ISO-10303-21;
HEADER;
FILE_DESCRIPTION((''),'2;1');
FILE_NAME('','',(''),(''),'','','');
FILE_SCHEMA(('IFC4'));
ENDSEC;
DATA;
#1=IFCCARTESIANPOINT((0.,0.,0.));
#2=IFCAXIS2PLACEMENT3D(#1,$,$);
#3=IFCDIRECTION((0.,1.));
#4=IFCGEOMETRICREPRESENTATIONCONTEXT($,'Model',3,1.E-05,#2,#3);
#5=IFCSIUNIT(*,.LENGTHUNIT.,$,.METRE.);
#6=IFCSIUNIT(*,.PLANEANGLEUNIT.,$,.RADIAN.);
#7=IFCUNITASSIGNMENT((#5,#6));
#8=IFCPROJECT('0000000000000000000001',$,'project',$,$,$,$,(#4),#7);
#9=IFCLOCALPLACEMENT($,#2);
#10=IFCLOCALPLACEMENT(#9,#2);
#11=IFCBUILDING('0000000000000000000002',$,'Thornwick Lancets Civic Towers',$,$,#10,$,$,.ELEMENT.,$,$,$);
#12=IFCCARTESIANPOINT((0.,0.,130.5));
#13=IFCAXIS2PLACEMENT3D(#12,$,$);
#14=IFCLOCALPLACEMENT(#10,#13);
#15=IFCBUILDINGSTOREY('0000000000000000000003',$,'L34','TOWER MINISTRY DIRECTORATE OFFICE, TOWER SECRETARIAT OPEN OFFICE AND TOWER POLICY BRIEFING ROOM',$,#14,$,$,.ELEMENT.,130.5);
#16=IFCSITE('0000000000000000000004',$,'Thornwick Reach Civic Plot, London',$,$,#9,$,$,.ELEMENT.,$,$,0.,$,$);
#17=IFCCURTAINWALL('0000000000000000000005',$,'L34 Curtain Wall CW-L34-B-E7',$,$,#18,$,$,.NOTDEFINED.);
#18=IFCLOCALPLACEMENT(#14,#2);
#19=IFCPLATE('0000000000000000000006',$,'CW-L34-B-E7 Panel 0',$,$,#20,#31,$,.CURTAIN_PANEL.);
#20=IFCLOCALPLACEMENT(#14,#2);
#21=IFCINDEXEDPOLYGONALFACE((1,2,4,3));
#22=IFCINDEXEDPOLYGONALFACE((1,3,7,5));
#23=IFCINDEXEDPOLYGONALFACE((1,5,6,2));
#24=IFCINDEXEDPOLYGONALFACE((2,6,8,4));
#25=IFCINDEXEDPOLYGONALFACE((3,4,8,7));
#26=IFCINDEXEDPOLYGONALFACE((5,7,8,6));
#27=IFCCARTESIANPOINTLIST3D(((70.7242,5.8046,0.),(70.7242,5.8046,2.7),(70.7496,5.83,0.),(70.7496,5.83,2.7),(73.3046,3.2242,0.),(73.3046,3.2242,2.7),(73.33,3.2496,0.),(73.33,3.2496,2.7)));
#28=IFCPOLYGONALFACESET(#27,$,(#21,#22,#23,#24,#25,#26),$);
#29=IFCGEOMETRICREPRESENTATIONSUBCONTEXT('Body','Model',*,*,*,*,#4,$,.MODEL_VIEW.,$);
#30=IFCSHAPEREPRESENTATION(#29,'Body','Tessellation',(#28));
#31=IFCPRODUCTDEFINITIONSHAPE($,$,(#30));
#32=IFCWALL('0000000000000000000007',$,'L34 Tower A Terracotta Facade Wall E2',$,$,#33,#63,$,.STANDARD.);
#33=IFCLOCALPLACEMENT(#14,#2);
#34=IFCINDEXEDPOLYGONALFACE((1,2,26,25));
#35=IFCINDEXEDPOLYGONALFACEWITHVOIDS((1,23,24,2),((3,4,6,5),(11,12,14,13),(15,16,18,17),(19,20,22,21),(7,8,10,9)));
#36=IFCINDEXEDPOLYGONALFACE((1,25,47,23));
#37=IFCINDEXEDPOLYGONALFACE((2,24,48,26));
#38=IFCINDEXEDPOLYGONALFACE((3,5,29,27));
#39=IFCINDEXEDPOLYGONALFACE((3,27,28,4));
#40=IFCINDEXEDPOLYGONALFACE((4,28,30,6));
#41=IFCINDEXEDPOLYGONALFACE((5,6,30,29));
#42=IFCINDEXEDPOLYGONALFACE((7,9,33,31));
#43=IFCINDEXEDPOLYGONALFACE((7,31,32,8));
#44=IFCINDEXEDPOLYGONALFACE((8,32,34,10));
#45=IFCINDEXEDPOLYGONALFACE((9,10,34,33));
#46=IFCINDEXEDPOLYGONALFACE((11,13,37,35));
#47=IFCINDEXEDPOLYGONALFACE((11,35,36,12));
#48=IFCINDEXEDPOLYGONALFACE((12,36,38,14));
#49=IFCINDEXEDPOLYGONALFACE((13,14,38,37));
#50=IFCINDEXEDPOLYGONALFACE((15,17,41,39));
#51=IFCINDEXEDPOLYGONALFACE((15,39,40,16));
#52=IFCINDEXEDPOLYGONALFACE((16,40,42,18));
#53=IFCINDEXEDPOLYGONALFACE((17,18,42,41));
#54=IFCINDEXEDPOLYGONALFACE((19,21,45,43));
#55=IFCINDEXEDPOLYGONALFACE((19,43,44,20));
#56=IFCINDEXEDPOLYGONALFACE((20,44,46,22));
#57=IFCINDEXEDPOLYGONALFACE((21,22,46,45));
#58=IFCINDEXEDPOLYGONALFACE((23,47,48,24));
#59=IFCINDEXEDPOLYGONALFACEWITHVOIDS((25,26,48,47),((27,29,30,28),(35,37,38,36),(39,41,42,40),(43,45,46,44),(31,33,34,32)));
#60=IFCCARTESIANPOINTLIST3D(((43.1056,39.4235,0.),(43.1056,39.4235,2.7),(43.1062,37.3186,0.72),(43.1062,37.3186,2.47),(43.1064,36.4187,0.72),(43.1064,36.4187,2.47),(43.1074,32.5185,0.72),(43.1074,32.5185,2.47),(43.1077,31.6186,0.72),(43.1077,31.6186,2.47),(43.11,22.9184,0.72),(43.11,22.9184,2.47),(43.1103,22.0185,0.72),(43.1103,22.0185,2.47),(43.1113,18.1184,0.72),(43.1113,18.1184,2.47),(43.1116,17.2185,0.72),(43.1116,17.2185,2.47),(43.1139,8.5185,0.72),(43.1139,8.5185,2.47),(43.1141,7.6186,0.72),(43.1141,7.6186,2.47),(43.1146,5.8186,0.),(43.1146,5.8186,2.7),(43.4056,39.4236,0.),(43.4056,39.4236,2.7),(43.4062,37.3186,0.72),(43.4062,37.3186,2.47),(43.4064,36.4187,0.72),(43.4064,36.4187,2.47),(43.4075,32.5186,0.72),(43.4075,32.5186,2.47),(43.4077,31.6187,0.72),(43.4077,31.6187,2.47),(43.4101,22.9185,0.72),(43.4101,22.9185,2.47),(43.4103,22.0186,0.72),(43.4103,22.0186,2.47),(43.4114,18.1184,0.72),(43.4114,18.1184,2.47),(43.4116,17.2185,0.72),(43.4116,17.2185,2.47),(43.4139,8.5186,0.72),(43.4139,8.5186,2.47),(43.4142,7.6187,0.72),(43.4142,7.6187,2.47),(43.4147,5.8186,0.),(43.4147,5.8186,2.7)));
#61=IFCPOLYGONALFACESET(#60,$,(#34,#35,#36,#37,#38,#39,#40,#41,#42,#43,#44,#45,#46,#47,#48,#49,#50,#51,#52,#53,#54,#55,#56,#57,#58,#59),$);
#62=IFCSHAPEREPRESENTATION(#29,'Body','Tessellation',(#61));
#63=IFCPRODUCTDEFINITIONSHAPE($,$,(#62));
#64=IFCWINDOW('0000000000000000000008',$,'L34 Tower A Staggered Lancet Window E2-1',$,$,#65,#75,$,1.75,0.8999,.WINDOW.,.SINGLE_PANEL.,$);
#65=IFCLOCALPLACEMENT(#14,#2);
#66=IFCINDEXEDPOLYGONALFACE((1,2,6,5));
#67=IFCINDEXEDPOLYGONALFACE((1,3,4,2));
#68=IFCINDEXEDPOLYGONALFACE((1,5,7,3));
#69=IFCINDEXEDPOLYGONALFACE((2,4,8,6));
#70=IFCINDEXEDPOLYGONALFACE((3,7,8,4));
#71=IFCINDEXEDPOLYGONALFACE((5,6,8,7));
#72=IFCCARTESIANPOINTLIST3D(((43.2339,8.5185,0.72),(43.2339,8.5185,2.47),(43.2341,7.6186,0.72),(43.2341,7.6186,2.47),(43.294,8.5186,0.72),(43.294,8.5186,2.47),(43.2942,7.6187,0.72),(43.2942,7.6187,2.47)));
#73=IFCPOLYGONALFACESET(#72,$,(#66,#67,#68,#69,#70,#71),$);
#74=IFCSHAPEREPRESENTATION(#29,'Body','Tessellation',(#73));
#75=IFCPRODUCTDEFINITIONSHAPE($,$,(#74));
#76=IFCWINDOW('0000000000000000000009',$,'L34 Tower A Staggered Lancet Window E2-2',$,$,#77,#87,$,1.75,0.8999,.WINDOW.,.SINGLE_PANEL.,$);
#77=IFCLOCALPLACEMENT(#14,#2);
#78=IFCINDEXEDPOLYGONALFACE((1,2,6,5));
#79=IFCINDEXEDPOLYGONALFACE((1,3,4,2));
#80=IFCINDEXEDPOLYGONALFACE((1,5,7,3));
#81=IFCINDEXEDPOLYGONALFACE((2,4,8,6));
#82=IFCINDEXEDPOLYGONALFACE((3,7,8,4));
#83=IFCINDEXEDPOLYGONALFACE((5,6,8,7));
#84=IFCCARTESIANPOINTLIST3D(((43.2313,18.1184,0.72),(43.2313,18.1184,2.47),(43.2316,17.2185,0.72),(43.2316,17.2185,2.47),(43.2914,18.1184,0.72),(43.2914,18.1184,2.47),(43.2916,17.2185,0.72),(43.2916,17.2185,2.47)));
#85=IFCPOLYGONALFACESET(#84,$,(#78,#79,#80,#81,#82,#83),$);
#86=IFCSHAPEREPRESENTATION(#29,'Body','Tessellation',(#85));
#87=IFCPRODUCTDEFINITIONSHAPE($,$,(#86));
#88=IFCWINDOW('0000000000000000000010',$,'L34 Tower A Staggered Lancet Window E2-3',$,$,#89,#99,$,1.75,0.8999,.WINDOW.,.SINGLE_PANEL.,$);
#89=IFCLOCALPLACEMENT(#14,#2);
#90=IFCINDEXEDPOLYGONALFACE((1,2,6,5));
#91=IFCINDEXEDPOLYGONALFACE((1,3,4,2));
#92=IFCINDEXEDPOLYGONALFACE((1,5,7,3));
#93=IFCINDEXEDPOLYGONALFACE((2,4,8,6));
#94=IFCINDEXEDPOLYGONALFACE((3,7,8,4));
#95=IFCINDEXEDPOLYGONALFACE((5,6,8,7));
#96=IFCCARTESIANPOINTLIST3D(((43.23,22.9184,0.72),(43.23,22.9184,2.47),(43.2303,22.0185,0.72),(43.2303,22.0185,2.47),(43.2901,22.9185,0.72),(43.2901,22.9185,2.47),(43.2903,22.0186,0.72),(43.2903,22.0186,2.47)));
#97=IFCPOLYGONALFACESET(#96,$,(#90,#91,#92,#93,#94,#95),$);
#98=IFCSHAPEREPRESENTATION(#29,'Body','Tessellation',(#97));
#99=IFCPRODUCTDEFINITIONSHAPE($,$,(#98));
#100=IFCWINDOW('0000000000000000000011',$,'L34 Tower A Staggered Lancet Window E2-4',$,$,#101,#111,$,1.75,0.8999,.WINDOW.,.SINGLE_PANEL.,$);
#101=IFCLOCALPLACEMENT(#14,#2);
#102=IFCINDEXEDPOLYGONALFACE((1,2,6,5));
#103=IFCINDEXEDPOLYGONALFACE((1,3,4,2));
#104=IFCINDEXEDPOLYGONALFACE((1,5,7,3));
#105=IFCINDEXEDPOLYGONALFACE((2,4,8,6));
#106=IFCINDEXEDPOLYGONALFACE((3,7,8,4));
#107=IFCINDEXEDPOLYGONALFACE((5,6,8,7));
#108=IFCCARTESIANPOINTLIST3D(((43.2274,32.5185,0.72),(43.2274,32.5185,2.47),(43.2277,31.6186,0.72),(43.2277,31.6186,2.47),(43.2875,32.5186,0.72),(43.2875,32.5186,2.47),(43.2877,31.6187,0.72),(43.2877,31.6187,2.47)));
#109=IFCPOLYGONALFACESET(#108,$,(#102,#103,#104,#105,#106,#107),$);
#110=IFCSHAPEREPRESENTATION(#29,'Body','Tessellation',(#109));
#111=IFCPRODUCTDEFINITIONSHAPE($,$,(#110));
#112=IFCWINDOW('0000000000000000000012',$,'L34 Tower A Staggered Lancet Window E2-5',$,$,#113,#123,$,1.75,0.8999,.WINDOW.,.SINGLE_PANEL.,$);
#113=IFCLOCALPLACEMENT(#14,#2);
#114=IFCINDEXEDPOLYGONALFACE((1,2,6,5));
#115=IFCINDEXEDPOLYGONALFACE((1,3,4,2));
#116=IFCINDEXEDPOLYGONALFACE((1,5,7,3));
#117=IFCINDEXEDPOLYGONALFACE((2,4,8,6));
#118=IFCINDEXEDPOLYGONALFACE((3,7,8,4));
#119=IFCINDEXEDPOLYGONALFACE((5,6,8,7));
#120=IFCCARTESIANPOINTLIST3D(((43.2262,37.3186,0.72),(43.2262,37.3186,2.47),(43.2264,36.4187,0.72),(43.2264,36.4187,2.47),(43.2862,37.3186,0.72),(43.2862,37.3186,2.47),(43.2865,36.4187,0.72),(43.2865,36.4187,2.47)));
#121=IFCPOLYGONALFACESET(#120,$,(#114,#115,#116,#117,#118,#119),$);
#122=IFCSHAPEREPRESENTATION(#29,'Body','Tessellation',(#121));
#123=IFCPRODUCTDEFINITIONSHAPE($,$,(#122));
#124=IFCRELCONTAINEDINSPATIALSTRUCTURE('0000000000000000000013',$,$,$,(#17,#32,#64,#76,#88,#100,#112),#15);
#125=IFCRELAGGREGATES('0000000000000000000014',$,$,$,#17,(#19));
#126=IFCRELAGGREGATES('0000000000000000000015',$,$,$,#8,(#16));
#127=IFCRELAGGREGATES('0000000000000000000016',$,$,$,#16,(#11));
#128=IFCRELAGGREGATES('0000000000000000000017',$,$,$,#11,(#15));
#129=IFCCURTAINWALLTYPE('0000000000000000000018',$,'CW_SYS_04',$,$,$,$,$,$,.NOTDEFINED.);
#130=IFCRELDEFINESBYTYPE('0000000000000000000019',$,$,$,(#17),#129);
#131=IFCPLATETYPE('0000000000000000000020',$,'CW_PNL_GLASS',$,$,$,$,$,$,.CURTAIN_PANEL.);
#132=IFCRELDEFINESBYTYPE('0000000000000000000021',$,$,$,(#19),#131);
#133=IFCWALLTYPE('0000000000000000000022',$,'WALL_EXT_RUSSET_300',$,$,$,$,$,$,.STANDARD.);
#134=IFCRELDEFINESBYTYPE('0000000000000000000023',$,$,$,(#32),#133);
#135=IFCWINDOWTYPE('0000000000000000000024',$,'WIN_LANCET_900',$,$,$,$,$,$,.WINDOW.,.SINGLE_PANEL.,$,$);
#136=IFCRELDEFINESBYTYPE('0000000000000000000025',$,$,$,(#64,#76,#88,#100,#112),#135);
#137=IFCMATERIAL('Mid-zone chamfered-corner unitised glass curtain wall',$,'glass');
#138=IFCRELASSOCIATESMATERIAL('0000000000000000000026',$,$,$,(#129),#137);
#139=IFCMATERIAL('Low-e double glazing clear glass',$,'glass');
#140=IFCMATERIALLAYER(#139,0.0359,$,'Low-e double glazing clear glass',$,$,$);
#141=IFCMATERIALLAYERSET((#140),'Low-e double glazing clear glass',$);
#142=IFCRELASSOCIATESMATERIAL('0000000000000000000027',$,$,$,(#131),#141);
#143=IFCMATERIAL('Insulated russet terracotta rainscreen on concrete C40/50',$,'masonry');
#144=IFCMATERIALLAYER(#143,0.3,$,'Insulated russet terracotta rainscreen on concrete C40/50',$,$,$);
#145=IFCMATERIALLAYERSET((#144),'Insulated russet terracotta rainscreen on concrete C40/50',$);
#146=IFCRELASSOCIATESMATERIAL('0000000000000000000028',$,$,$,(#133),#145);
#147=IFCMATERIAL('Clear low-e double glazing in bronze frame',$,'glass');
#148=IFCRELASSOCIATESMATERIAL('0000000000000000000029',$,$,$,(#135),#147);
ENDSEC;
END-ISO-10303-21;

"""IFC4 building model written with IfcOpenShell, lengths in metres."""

from ifc_helpers import new_model, si_unit, direction, frame, frame_2d, origin, origin_2d, place, context, subcontext, project, spatial, rectangle, extrude, material, layer, layer_set, type_object, element, fill, aggregate, save


model = new_model("IFC4")

# Units and contexts
model_context = context("Model", 3, precision=1e-05, world=origin(), true_north=direction((0.0, 1.0)))
body_context = subcontext(model_context, "Body", "Model", "MODEL_VIEW")
ifc_project = project(units=[si_unit("LENGTHUNIT", "METRE"), si_unit("PLANEANGLEUNIT", "RADIAN")], contexts=[model_context])

# Site, building, storey
site_placement = place(None, origin())
site = spatial("IfcSite", under=ifc_project, at=site_placement, Name="Thornwick Reach Civic Plot, London", CompositionType="ELEMENT", RefElevation=0.0)
building_placement = place(site_placement, origin())
building = spatial("IfcBuilding", under=site, at=building_placement, Name="Thornwick Lancets Civic Towers", CompositionType="ELEMENT")
storey_placement = place(building_placement, frame((0.0, 0.0, 130.5)))
storey = spatial("IfcBuildingStorey", under=building, at=storey_placement, Name="L34", Description="TOWER MINISTRY DIRECTORATE OFFICE, TOWER SECRETARIAT OPEN OFFICE AND TOWER POLICY BRIEFING ROOM", CompositionType="ELEMENT", Elevation=130.5)

# Shared definitions
ifc_material_1 = material(Name="Mid-zone chamfered-corner unitised glass curtain wall", Category="glass")
curtain_wall_type = type_object("IfcCurtainWallType", Name="CW_SYS_04", PredefinedType="NOTDEFINED", material=ifc_material_1)

# Curtain wall, plate
curtain_wall_1_placement = place(storey_placement, origin())
curtain_wall_1 = element("IfcCurtainWall", 1, at=curtain_wall_1_placement, inside=storey, type_object=curtain_wall_type, Name="L34 Curtain Wall CW-L34-B-E7", PredefinedType="NOTDEFINED")
ifc_material_2 = material(Name="Low-e double glazing clear glass", Category="glass")
ifc_layer_1 = layer(ifc_material_2, 0.0359, Name="Low-e double glazing clear glass")
ifc_layer_set_1 = layer_set([ifc_layer_1], Name="Low-e double glazing clear glass")
plate_type = type_object("IfcPlateType", Name="CW_PNL_GLASS", PredefinedType="CURTAIN_PANEL", material=ifc_layer_set_1)
plate_placement = place(storey_placement, frame((72.0271, 4.5271, 0.0), z_axis=(0.0, 0.0, 1.0), x_axis=(0.707107, -0.707107, 0.0)))
plate = element("IfcPlate", 2, at=plate_placement, type_object=plate_type, Name="CW-L34-B-E7 Panel 0", PredefinedType="CURTAIN_PANEL", context=body_context, shape_type="SweptSolid", body=[
    extrude(rectangle(XDim=3.6492, YDim=0.0359, at=origin_2d()), origin(), (0.0, 0.0, 1.0), 2.7),
])
aggregate(curtain_wall_1, [plate])

# Wall, openings, windows
ifc_material_3 = material(Name="Insulated russet terracotta rainscreen on concrete C40/50", Category="masonry")
ifc_layer_2 = layer(ifc_material_3, 0.3, Name="Insulated russet terracotta rainscreen on concrete C40/50")
ifc_layer_set_2 = layer_set([ifc_layer_2], Name="Insulated russet terracotta rainscreen on concrete C40/50")
wall_type_1 = type_object("IfcWallType", Name="WALL_EXT_RUSSET_300", PredefinedType="STANDARD", material=ifc_layer_set_2)
wall_1_placement = place(storey_placement, frame((43.2646, 5.8186, 0.0), z_axis=(0.0, 0.0, 1.0), x_axis=(-0.000269, 1.0, 0.0)))
wall_1 = element("IfcWall", 3, at=wall_1_placement, inside=storey, type_object=wall_type_1, Name="L34 Tower A Terracotta Facade Wall E2", PredefinedType="STANDARD", context=body_context, shape_type="SweptSolid", body=[
    extrude(rectangle(XDim=33.605, YDim=0.3, at=frame_2d((16.8025, 0.0))), origin(), (0.0, 0.0, 1.0), 2.7),
])
opening_1_placement = place(wall_1_placement, frame((1.8, 0.0, 0.72)))
opening_1 = element("IfcOpeningElement", 4, at=opening_1_placement, cuts=wall_1, PredefinedType="OPENING", context=body_context, shape_type="SweptSolid", body=[
    extrude(rectangle(XDim=0.8999, YDim=1.75, at=frame_2d((0.45, 0.875))), frame((0.0, 0.1602, 0.0), z_axis=(0.0, -1.0, 0.0), x_axis=(1.0, 0.0, 0.0)), (0.0, 0.0, 1.0), 0.3201),
])
opening_2_placement = place(wall_1_placement, frame((11.3999, 0.0, 0.72)))
opening_2 = element("IfcOpeningElement", 5, at=opening_2_placement, cuts=wall_1, PredefinedType="OPENING", context=body_context, shape_type="SweptSolid", body=[
    extrude(rectangle(XDim=0.8999, YDim=1.75, at=frame_2d((0.45, 0.875))), frame((0.0, 0.1602, 0.0), z_axis=(0.0, -1.0, 0.0), x_axis=(1.0, 0.0, 0.0)), (0.0, 0.0, 1.0), 0.3201),
])
opening_3_placement = place(wall_1_placement, frame((16.2, 0.0, 0.72)))
opening_3 = element("IfcOpeningElement", 6, at=opening_3_placement, cuts=wall_1, PredefinedType="OPENING", context=body_context, shape_type="SweptSolid", body=[
    extrude(rectangle(XDim=0.8999, YDim=1.75, at=frame_2d((0.45, 0.875))), frame((0.0, 0.1602, 0.0), z_axis=(0.0, -1.0, 0.0), x_axis=(1.0, 0.0, 0.0)), (0.0, 0.0, 1.0), 0.3201),
])
opening_4_placement = place(wall_1_placement, frame((25.8, 0.0, 0.72)))
opening_4 = element("IfcOpeningElement", 7, at=opening_4_placement, cuts=wall_1, PredefinedType="OPENING", context=body_context, shape_type="SweptSolid", body=[
    extrude(rectangle(XDim=0.8999, YDim=1.75, at=frame_2d((0.45, 0.875))), frame((0.0, 0.1602, 0.0), z_axis=(0.0, -1.0, 0.0), x_axis=(1.0, 0.0, 0.0)), (0.0, 0.0, 1.0), 0.3201),
])
opening_5_placement = place(wall_1_placement, frame((30.6001, 0.0, 0.72)))
opening_5 = element("IfcOpeningElement", 8, at=opening_5_placement, cuts=wall_1, PredefinedType="OPENING", context=body_context, shape_type="SweptSolid", body=[
    extrude(rectangle(XDim=0.8999, YDim=1.75, at=frame_2d((0.45, 0.875))), frame((0.0, 0.1602, 0.0), z_axis=(0.0, -1.0, 0.0), x_axis=(1.0, 0.0, 0.0)), (0.0, 0.0, 1.0), 0.3201),
])
ifc_material_4 = material(Name="Clear low-e double glazing in bronze frame", Category="glass")
window_type = type_object("IfcWindowType", Name="WIN_LANCET_900", PartitioningType="SINGLE_PANEL", PredefinedType="WINDOW", material=ifc_material_4)
window_1_placement = place(opening_1_placement, origin())
window_1 = element("IfcWindow", 9, at=window_1_placement, inside=storey, type_object=window_type, Name="L34 Tower A Staggered Lancet Window E2-1", OverallHeight=1.75, OverallWidth=0.8999, PartitioningType="SINGLE_PANEL", PredefinedType="WINDOW", context=body_context, shape_type="SweptSolid", body=[
    extrude(rectangle(XDim=0.8999, YDim=1.75, at=frame_2d((0.45, 0.875))), frame((0.0, 0.03, 0.0), z_axis=(0.0, -1.0, 0.0), x_axis=(1.0, 0.0, 0.0)), (0.0, 0.0, 1.0), 0.0601),
])
fill(opening_1, window_1)
window_2_placement = place(opening_2_placement, origin())
window_2 = element("IfcWindow", 10, at=window_2_placement, inside=storey, type_object=window_type, Name="L34 Tower A Staggered Lancet Window E2-2", OverallHeight=1.75, OverallWidth=0.8999, PartitioningType="SINGLE_PANEL", PredefinedType="WINDOW", context=body_context, shape_type="SweptSolid", body=[
    extrude(rectangle(XDim=0.8999, YDim=1.75, at=frame_2d((0.45, 0.875))), frame((0.0, 0.03, 0.0), z_axis=(0.0, -1.0, 0.0), x_axis=(1.0, 0.0, 0.0)), (0.0, 0.0, 1.0), 0.0601),
])
fill(opening_2, window_2)
window_3_placement = place(opening_3_placement, origin())
window_3 = element("IfcWindow", 11, at=window_3_placement, inside=storey, type_object=window_type, Name="L34 Tower A Staggered Lancet Window E2-3", OverallHeight=1.75, OverallWidth=0.8999, PartitioningType="SINGLE_PANEL", PredefinedType="WINDOW", context=body_context, shape_type="SweptSolid", body=[
    extrude(rectangle(XDim=0.8999, YDim=1.75, at=frame_2d((0.45, 0.875))), frame((0.0, 0.03, 0.0), z_axis=(0.0, -1.0, 0.0), x_axis=(1.0, 0.0, 0.0)), (0.0, 0.0, 1.0), 0.0601),
])
fill(opening_3, window_3)
window_4_placement = place(opening_4_placement, origin())
window_4 = element("IfcWindow", 12, at=window_4_placement, inside=storey, type_object=window_type, Name="L34 Tower A Staggered Lancet Window E2-4", OverallHeight=1.75, OverallWidth=0.8999, PartitioningType="SINGLE_PANEL", PredefinedType="WINDOW", context=body_context, shape_type="SweptSolid", body=[
    extrude(rectangle(XDim=0.8999, YDim=1.75, at=frame_2d((0.45, 0.875))), frame((0.0, 0.03, 0.0), z_axis=(0.0, -1.0, 0.0), x_axis=(1.0, 0.0, 0.0)), (0.0, 0.0, 1.0), 0.0601),
])
fill(opening_4, window_4)
window_5_placement = place(opening_5_placement, origin())
window_5 = element("IfcWindow", 13, at=window_5_placement, inside=storey, type_object=window_type, Name="L34 Tower A Staggered Lancet Window E2-5", OverallHeight=1.75, OverallWidth=0.8999, PartitioningType="SINGLE_PANEL", PredefinedType="WINDOW", context=body_context, shape_type="SweptSolid", body=[
    extrude(rectangle(XDim=0.8999, YDim=1.75, at=frame_2d((0.45, 0.875))), frame((0.0, 0.03, 0.0), z_axis=(0.0, -1.0, 0.0), x_axis=(1.0, 0.0, 0.0)), (0.0, 0.0, 1.0), 0.0601),
])
fill(opening_5, window_5)

save(model, "model.ifc")
